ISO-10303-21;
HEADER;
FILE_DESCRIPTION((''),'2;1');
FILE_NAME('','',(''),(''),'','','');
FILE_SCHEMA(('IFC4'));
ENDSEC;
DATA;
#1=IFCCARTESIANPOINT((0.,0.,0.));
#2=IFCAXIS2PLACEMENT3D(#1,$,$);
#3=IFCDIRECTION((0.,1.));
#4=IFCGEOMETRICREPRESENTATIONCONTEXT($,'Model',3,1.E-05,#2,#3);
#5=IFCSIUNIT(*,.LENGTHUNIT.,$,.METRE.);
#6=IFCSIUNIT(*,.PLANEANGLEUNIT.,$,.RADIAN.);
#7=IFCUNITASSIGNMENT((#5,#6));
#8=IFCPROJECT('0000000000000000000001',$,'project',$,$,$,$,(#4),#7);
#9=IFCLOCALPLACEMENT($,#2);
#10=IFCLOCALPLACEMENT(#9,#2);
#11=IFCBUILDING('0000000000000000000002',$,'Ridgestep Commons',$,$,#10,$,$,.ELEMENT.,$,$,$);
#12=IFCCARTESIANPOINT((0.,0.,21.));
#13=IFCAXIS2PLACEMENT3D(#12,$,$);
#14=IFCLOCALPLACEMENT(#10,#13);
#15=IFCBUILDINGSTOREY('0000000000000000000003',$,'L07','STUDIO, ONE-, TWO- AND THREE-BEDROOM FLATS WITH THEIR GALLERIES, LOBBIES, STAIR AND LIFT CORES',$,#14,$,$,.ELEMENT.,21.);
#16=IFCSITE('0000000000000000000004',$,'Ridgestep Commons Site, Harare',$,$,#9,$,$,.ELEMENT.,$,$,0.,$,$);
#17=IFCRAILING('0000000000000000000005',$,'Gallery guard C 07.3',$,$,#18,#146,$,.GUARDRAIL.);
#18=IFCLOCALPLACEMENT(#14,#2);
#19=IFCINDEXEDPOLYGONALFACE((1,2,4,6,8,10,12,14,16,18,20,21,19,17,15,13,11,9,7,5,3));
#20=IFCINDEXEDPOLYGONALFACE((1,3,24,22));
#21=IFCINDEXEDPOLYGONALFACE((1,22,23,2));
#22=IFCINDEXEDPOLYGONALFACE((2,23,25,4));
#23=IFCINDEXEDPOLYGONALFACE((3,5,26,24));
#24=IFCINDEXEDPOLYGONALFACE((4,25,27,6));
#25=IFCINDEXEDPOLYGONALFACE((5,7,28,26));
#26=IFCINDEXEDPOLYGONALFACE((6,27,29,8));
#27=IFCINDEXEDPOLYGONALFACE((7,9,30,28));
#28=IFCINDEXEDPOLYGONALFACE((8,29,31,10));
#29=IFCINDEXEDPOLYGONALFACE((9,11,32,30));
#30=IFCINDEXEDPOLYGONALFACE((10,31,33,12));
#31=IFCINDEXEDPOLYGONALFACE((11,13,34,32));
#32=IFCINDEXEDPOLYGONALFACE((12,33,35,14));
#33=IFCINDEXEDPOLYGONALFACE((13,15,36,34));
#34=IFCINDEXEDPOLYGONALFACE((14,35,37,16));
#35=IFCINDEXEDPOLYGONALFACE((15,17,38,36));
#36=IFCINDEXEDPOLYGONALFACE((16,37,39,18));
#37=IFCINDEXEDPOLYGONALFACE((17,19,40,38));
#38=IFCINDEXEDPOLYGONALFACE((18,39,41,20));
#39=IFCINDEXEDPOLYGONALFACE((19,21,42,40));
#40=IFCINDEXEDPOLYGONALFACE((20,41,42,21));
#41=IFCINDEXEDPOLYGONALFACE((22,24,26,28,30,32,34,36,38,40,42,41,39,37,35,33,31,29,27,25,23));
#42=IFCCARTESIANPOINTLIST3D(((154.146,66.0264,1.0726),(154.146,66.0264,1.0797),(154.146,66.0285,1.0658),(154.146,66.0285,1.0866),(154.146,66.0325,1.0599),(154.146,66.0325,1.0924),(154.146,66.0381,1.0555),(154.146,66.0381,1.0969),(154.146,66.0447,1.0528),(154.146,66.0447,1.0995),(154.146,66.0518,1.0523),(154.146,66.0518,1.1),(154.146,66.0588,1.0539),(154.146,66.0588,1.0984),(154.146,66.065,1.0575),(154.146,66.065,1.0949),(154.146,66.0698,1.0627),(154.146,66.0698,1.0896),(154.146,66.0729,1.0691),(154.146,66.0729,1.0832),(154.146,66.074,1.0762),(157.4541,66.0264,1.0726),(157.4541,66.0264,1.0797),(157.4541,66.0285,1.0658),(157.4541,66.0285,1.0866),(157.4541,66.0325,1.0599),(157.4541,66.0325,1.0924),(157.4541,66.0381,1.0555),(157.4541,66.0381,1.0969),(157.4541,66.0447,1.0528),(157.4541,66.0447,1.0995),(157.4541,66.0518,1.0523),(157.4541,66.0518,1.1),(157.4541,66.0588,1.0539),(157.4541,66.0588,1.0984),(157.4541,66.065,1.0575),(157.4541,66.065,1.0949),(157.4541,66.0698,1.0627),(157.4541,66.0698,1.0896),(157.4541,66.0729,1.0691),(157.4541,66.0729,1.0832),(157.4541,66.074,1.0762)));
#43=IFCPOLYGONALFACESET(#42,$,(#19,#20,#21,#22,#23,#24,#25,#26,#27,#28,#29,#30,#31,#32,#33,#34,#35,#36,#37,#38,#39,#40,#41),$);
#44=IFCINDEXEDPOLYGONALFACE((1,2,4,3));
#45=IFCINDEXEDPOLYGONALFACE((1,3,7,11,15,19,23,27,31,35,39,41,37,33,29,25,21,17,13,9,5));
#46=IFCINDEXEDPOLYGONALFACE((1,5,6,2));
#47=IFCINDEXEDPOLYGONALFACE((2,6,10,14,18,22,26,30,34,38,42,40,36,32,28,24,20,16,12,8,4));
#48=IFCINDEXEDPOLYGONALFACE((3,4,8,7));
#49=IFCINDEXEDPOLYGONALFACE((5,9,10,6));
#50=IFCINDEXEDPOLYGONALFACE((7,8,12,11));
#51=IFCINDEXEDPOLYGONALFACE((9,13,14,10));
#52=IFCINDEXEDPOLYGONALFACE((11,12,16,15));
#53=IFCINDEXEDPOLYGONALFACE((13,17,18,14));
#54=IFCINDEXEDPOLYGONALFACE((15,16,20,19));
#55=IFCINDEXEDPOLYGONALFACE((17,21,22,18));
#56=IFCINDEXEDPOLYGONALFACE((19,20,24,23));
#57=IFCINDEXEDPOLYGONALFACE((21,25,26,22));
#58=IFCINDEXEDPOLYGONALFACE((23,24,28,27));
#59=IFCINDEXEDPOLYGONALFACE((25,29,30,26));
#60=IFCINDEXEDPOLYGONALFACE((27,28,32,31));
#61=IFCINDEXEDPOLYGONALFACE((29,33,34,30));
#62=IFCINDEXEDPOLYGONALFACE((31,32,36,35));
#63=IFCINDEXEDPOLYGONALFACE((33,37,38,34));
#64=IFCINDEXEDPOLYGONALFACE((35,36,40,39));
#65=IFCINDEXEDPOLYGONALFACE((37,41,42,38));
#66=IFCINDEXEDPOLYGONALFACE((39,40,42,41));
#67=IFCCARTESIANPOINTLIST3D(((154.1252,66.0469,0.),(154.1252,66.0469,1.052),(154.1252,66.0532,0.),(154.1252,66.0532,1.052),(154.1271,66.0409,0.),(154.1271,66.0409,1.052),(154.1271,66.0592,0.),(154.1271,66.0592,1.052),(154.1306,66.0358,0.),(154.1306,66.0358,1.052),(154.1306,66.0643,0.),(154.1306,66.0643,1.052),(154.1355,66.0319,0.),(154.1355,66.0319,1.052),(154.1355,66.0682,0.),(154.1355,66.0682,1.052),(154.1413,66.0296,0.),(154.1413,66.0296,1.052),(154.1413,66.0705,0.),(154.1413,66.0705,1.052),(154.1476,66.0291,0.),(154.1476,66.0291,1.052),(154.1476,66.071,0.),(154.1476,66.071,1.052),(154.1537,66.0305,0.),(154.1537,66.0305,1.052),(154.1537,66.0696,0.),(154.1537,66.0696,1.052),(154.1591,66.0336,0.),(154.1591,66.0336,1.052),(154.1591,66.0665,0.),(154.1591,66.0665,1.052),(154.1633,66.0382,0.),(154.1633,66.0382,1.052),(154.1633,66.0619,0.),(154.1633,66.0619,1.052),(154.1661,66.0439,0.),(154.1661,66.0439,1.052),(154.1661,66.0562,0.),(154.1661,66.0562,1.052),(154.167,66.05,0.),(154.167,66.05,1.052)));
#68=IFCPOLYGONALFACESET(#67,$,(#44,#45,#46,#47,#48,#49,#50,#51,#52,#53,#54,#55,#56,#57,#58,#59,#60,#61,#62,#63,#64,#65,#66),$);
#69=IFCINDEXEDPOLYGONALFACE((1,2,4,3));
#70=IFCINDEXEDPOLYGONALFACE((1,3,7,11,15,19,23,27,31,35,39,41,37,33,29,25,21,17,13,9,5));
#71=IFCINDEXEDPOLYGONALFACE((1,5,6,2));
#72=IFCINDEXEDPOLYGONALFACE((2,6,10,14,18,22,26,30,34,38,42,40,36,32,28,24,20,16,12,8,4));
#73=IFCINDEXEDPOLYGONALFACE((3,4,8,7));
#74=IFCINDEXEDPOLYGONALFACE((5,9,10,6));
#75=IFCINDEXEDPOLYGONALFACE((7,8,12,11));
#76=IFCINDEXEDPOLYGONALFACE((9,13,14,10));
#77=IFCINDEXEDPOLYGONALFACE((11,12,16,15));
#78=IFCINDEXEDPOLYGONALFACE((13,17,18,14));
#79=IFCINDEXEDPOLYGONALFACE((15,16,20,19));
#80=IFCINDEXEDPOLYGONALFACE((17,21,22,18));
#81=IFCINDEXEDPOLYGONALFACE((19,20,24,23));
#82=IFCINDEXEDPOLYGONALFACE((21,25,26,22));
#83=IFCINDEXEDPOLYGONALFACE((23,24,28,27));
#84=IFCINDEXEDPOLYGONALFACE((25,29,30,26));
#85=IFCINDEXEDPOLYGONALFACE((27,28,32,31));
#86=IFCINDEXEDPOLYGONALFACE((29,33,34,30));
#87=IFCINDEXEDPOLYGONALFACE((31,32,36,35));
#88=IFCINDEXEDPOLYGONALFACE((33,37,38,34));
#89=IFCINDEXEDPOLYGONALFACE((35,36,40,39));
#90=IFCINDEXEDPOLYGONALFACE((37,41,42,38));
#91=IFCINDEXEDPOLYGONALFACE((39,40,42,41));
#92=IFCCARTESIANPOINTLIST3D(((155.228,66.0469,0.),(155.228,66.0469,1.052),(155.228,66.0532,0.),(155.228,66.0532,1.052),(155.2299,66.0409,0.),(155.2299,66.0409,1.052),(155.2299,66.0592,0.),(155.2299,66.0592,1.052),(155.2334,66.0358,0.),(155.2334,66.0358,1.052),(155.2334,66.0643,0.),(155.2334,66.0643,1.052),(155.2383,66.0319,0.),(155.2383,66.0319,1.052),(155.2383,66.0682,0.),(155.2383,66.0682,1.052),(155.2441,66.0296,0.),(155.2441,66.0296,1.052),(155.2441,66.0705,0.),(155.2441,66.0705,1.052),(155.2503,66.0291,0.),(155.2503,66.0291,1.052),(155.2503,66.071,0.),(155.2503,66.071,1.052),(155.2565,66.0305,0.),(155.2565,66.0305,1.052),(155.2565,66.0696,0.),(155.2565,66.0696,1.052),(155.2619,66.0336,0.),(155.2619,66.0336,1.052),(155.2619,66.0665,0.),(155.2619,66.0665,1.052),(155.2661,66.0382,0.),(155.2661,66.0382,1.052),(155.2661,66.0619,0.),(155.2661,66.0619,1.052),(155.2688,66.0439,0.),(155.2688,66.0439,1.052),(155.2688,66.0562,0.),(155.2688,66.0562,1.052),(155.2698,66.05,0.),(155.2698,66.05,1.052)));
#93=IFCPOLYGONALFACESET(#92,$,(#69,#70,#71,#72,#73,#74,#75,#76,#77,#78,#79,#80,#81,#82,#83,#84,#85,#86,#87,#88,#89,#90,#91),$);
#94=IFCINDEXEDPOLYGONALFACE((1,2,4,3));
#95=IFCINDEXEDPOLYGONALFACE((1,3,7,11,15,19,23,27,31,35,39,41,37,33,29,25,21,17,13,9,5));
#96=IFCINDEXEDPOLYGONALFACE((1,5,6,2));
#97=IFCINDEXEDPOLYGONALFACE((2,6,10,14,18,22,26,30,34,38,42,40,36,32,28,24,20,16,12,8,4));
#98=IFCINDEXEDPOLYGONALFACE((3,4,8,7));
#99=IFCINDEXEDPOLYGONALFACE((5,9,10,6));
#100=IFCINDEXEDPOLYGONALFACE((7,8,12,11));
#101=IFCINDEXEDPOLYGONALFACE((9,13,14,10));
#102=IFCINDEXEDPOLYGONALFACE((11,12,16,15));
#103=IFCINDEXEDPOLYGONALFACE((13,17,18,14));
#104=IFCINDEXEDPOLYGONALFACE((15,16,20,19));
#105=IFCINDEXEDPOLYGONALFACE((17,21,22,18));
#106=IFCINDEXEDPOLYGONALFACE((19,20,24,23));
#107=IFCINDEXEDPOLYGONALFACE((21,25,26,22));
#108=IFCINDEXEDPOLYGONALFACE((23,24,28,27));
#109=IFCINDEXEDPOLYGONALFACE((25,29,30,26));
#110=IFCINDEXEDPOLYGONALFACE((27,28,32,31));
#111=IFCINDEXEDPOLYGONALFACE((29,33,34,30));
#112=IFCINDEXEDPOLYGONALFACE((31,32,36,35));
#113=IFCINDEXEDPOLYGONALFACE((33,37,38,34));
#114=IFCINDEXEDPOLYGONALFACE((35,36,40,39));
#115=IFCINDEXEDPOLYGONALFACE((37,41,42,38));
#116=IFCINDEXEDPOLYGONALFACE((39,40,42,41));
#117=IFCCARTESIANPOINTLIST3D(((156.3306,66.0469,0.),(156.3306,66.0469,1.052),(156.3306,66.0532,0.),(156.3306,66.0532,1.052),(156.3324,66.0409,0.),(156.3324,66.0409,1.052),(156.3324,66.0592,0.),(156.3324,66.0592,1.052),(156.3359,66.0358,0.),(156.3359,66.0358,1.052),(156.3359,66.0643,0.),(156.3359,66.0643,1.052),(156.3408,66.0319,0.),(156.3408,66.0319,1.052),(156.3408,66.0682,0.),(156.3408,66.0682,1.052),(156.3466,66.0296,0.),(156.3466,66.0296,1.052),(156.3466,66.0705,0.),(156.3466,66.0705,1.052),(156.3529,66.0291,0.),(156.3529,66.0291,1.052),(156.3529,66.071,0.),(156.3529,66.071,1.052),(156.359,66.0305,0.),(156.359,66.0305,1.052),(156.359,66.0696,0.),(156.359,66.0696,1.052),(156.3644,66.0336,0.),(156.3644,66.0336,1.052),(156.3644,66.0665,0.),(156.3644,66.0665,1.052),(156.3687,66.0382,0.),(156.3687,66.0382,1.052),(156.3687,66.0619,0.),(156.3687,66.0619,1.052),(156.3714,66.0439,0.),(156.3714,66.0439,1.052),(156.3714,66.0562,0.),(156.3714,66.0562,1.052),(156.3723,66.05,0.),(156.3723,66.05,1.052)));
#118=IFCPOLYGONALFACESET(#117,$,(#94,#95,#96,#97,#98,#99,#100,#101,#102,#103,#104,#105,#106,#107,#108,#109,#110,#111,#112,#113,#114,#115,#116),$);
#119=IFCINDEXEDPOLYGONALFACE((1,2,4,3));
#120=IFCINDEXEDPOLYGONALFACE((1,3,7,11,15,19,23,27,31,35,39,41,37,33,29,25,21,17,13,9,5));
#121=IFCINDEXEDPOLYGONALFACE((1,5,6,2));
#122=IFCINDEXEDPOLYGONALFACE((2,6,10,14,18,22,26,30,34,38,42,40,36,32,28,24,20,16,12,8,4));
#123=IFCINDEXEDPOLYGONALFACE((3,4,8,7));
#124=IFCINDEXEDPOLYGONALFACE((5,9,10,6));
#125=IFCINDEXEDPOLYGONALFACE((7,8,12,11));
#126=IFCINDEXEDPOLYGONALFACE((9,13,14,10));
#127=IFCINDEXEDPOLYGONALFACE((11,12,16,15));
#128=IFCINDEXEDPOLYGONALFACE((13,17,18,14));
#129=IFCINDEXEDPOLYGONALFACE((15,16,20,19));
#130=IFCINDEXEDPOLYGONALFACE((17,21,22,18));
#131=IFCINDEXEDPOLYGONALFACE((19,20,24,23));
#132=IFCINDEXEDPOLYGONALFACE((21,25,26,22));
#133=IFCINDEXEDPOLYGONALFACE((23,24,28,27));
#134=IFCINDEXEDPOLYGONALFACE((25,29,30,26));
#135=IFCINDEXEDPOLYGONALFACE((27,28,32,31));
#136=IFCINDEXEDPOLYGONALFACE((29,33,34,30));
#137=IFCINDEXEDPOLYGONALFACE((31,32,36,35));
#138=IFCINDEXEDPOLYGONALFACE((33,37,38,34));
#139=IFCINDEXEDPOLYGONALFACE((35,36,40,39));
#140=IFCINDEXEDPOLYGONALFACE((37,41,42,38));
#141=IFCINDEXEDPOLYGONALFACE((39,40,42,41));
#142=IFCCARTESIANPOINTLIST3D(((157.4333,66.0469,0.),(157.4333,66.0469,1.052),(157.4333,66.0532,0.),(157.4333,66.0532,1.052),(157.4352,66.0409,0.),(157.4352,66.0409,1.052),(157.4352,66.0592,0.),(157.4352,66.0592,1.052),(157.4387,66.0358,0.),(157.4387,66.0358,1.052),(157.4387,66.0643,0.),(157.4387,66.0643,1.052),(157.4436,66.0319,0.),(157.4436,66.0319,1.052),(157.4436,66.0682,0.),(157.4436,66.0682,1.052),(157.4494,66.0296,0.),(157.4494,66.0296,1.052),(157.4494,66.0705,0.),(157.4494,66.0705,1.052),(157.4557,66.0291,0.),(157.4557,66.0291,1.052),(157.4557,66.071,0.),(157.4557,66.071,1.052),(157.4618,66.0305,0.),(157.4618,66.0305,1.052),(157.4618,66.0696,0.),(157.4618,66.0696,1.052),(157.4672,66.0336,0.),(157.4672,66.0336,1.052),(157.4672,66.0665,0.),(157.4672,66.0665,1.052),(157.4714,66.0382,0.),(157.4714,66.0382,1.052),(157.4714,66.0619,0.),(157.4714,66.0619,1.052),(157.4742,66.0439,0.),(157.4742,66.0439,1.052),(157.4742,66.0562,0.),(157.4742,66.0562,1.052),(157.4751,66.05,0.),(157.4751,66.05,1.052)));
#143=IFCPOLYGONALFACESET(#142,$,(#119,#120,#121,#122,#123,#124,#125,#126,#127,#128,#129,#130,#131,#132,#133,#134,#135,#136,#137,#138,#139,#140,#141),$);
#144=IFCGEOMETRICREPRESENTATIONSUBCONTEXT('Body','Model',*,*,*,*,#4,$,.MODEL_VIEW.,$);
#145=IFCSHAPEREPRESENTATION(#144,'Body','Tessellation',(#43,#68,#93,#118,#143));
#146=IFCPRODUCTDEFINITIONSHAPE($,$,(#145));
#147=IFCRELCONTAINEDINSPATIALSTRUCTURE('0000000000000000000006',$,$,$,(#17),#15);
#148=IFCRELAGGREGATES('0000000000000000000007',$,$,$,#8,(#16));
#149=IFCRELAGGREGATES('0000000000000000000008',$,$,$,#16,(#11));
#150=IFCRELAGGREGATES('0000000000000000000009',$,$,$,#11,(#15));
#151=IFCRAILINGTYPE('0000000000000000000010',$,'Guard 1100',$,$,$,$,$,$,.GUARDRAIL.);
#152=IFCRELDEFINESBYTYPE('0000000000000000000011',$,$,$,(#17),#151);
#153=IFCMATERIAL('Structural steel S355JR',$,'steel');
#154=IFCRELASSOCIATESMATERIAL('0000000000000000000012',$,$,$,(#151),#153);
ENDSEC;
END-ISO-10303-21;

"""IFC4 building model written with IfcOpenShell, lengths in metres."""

from ifc_helpers import new_model, si_unit, direction, frame, origin, origin_2d, place, context, subcontext, project, spatial, circle, extrude, material, type_object, element, save


model = new_model("IFC4")

# Units and contexts
model_context = context("Model", 3, precision=1e-05, world=origin(), true_north=direction((0.0, 1.0)))
body_context = subcontext(model_context, "Body", "Model", "MODEL_VIEW")
ifc_project = project(units=[si_unit("LENGTHUNIT", "METRE"), si_unit("PLANEANGLEUNIT", "RADIAN")], contexts=[model_context])

# Site, building, storey
site_placement = place(None, origin())
site = spatial("IfcSite", under=ifc_project, at=site_placement, Name="Ridgestep Commons Site, Harare", CompositionType="ELEMENT", RefElevation=0.0)
building_placement = place(site_placement, origin())
building = spatial("IfcBuilding", under=site, at=building_placement, Name="Ridgestep Commons", CompositionType="ELEMENT")
storey_placement = place(building_placement, frame((0.0, 0.0, 21.0)))
storey = spatial("IfcBuildingStorey", under=building, at=storey_placement, Name="L07", Description="STUDIO, ONE-, TWO- AND THREE-BEDROOM FLATS WITH THEIR GALLERIES, LOBBIES, STAIR AND LIFT CORES", CompositionType="ELEMENT", Elevation=21.0)

# Railing
ifc_material_1 = material(Name="Structural steel S355JR", Category="steel")
railing_type_1 = type_object("IfcRailingType", Name="Guard 1100", PredefinedType="GUARDRAIL", material=ifc_material_1)
for number, where, name in (
    (1, (154.146, 66.05, 0.0), "Gallery guard C 07.3"),
):
    element("IfcRailing", number, at=place(storey_placement, frame(where)), inside=storey, type_object=railing_type_1, Name=name, PredefinedType="GUARDRAIL", context=body_context, shape_type="SweptSolid", body=[
        extrude(circle(Radius=0.0239, at=origin_2d()), frame((0.0, 0.0, 1.0762), z_axis=(1.0, 0.0, 0.0), x_axis=(0.0, 1.0, 0.0)), (0.0, 0.0, 1.0), 3.3081),
        extrude(circle(Radius=0.021, at=origin_2d()), origin(), (0.0, 0.0, 1.0), 1.052),
        extrude(circle(Radius=0.021, at=origin_2d()), frame((1.1028, 0.0, 0.0)), (0.0, 0.0, 1.0), 1.052),
        extrude(circle(Radius=0.021, at=origin_2d()), frame((2.2053, 0.0, 0.0)), (0.0, 0.0, 1.0), 1.052),
        extrude(circle(Radius=0.021, at=origin_2d()), frame((3.3081, 0.0, 0.0)), (0.0, 0.0, 1.0), 1.052),
    ])

save(model, "model.ifc")
